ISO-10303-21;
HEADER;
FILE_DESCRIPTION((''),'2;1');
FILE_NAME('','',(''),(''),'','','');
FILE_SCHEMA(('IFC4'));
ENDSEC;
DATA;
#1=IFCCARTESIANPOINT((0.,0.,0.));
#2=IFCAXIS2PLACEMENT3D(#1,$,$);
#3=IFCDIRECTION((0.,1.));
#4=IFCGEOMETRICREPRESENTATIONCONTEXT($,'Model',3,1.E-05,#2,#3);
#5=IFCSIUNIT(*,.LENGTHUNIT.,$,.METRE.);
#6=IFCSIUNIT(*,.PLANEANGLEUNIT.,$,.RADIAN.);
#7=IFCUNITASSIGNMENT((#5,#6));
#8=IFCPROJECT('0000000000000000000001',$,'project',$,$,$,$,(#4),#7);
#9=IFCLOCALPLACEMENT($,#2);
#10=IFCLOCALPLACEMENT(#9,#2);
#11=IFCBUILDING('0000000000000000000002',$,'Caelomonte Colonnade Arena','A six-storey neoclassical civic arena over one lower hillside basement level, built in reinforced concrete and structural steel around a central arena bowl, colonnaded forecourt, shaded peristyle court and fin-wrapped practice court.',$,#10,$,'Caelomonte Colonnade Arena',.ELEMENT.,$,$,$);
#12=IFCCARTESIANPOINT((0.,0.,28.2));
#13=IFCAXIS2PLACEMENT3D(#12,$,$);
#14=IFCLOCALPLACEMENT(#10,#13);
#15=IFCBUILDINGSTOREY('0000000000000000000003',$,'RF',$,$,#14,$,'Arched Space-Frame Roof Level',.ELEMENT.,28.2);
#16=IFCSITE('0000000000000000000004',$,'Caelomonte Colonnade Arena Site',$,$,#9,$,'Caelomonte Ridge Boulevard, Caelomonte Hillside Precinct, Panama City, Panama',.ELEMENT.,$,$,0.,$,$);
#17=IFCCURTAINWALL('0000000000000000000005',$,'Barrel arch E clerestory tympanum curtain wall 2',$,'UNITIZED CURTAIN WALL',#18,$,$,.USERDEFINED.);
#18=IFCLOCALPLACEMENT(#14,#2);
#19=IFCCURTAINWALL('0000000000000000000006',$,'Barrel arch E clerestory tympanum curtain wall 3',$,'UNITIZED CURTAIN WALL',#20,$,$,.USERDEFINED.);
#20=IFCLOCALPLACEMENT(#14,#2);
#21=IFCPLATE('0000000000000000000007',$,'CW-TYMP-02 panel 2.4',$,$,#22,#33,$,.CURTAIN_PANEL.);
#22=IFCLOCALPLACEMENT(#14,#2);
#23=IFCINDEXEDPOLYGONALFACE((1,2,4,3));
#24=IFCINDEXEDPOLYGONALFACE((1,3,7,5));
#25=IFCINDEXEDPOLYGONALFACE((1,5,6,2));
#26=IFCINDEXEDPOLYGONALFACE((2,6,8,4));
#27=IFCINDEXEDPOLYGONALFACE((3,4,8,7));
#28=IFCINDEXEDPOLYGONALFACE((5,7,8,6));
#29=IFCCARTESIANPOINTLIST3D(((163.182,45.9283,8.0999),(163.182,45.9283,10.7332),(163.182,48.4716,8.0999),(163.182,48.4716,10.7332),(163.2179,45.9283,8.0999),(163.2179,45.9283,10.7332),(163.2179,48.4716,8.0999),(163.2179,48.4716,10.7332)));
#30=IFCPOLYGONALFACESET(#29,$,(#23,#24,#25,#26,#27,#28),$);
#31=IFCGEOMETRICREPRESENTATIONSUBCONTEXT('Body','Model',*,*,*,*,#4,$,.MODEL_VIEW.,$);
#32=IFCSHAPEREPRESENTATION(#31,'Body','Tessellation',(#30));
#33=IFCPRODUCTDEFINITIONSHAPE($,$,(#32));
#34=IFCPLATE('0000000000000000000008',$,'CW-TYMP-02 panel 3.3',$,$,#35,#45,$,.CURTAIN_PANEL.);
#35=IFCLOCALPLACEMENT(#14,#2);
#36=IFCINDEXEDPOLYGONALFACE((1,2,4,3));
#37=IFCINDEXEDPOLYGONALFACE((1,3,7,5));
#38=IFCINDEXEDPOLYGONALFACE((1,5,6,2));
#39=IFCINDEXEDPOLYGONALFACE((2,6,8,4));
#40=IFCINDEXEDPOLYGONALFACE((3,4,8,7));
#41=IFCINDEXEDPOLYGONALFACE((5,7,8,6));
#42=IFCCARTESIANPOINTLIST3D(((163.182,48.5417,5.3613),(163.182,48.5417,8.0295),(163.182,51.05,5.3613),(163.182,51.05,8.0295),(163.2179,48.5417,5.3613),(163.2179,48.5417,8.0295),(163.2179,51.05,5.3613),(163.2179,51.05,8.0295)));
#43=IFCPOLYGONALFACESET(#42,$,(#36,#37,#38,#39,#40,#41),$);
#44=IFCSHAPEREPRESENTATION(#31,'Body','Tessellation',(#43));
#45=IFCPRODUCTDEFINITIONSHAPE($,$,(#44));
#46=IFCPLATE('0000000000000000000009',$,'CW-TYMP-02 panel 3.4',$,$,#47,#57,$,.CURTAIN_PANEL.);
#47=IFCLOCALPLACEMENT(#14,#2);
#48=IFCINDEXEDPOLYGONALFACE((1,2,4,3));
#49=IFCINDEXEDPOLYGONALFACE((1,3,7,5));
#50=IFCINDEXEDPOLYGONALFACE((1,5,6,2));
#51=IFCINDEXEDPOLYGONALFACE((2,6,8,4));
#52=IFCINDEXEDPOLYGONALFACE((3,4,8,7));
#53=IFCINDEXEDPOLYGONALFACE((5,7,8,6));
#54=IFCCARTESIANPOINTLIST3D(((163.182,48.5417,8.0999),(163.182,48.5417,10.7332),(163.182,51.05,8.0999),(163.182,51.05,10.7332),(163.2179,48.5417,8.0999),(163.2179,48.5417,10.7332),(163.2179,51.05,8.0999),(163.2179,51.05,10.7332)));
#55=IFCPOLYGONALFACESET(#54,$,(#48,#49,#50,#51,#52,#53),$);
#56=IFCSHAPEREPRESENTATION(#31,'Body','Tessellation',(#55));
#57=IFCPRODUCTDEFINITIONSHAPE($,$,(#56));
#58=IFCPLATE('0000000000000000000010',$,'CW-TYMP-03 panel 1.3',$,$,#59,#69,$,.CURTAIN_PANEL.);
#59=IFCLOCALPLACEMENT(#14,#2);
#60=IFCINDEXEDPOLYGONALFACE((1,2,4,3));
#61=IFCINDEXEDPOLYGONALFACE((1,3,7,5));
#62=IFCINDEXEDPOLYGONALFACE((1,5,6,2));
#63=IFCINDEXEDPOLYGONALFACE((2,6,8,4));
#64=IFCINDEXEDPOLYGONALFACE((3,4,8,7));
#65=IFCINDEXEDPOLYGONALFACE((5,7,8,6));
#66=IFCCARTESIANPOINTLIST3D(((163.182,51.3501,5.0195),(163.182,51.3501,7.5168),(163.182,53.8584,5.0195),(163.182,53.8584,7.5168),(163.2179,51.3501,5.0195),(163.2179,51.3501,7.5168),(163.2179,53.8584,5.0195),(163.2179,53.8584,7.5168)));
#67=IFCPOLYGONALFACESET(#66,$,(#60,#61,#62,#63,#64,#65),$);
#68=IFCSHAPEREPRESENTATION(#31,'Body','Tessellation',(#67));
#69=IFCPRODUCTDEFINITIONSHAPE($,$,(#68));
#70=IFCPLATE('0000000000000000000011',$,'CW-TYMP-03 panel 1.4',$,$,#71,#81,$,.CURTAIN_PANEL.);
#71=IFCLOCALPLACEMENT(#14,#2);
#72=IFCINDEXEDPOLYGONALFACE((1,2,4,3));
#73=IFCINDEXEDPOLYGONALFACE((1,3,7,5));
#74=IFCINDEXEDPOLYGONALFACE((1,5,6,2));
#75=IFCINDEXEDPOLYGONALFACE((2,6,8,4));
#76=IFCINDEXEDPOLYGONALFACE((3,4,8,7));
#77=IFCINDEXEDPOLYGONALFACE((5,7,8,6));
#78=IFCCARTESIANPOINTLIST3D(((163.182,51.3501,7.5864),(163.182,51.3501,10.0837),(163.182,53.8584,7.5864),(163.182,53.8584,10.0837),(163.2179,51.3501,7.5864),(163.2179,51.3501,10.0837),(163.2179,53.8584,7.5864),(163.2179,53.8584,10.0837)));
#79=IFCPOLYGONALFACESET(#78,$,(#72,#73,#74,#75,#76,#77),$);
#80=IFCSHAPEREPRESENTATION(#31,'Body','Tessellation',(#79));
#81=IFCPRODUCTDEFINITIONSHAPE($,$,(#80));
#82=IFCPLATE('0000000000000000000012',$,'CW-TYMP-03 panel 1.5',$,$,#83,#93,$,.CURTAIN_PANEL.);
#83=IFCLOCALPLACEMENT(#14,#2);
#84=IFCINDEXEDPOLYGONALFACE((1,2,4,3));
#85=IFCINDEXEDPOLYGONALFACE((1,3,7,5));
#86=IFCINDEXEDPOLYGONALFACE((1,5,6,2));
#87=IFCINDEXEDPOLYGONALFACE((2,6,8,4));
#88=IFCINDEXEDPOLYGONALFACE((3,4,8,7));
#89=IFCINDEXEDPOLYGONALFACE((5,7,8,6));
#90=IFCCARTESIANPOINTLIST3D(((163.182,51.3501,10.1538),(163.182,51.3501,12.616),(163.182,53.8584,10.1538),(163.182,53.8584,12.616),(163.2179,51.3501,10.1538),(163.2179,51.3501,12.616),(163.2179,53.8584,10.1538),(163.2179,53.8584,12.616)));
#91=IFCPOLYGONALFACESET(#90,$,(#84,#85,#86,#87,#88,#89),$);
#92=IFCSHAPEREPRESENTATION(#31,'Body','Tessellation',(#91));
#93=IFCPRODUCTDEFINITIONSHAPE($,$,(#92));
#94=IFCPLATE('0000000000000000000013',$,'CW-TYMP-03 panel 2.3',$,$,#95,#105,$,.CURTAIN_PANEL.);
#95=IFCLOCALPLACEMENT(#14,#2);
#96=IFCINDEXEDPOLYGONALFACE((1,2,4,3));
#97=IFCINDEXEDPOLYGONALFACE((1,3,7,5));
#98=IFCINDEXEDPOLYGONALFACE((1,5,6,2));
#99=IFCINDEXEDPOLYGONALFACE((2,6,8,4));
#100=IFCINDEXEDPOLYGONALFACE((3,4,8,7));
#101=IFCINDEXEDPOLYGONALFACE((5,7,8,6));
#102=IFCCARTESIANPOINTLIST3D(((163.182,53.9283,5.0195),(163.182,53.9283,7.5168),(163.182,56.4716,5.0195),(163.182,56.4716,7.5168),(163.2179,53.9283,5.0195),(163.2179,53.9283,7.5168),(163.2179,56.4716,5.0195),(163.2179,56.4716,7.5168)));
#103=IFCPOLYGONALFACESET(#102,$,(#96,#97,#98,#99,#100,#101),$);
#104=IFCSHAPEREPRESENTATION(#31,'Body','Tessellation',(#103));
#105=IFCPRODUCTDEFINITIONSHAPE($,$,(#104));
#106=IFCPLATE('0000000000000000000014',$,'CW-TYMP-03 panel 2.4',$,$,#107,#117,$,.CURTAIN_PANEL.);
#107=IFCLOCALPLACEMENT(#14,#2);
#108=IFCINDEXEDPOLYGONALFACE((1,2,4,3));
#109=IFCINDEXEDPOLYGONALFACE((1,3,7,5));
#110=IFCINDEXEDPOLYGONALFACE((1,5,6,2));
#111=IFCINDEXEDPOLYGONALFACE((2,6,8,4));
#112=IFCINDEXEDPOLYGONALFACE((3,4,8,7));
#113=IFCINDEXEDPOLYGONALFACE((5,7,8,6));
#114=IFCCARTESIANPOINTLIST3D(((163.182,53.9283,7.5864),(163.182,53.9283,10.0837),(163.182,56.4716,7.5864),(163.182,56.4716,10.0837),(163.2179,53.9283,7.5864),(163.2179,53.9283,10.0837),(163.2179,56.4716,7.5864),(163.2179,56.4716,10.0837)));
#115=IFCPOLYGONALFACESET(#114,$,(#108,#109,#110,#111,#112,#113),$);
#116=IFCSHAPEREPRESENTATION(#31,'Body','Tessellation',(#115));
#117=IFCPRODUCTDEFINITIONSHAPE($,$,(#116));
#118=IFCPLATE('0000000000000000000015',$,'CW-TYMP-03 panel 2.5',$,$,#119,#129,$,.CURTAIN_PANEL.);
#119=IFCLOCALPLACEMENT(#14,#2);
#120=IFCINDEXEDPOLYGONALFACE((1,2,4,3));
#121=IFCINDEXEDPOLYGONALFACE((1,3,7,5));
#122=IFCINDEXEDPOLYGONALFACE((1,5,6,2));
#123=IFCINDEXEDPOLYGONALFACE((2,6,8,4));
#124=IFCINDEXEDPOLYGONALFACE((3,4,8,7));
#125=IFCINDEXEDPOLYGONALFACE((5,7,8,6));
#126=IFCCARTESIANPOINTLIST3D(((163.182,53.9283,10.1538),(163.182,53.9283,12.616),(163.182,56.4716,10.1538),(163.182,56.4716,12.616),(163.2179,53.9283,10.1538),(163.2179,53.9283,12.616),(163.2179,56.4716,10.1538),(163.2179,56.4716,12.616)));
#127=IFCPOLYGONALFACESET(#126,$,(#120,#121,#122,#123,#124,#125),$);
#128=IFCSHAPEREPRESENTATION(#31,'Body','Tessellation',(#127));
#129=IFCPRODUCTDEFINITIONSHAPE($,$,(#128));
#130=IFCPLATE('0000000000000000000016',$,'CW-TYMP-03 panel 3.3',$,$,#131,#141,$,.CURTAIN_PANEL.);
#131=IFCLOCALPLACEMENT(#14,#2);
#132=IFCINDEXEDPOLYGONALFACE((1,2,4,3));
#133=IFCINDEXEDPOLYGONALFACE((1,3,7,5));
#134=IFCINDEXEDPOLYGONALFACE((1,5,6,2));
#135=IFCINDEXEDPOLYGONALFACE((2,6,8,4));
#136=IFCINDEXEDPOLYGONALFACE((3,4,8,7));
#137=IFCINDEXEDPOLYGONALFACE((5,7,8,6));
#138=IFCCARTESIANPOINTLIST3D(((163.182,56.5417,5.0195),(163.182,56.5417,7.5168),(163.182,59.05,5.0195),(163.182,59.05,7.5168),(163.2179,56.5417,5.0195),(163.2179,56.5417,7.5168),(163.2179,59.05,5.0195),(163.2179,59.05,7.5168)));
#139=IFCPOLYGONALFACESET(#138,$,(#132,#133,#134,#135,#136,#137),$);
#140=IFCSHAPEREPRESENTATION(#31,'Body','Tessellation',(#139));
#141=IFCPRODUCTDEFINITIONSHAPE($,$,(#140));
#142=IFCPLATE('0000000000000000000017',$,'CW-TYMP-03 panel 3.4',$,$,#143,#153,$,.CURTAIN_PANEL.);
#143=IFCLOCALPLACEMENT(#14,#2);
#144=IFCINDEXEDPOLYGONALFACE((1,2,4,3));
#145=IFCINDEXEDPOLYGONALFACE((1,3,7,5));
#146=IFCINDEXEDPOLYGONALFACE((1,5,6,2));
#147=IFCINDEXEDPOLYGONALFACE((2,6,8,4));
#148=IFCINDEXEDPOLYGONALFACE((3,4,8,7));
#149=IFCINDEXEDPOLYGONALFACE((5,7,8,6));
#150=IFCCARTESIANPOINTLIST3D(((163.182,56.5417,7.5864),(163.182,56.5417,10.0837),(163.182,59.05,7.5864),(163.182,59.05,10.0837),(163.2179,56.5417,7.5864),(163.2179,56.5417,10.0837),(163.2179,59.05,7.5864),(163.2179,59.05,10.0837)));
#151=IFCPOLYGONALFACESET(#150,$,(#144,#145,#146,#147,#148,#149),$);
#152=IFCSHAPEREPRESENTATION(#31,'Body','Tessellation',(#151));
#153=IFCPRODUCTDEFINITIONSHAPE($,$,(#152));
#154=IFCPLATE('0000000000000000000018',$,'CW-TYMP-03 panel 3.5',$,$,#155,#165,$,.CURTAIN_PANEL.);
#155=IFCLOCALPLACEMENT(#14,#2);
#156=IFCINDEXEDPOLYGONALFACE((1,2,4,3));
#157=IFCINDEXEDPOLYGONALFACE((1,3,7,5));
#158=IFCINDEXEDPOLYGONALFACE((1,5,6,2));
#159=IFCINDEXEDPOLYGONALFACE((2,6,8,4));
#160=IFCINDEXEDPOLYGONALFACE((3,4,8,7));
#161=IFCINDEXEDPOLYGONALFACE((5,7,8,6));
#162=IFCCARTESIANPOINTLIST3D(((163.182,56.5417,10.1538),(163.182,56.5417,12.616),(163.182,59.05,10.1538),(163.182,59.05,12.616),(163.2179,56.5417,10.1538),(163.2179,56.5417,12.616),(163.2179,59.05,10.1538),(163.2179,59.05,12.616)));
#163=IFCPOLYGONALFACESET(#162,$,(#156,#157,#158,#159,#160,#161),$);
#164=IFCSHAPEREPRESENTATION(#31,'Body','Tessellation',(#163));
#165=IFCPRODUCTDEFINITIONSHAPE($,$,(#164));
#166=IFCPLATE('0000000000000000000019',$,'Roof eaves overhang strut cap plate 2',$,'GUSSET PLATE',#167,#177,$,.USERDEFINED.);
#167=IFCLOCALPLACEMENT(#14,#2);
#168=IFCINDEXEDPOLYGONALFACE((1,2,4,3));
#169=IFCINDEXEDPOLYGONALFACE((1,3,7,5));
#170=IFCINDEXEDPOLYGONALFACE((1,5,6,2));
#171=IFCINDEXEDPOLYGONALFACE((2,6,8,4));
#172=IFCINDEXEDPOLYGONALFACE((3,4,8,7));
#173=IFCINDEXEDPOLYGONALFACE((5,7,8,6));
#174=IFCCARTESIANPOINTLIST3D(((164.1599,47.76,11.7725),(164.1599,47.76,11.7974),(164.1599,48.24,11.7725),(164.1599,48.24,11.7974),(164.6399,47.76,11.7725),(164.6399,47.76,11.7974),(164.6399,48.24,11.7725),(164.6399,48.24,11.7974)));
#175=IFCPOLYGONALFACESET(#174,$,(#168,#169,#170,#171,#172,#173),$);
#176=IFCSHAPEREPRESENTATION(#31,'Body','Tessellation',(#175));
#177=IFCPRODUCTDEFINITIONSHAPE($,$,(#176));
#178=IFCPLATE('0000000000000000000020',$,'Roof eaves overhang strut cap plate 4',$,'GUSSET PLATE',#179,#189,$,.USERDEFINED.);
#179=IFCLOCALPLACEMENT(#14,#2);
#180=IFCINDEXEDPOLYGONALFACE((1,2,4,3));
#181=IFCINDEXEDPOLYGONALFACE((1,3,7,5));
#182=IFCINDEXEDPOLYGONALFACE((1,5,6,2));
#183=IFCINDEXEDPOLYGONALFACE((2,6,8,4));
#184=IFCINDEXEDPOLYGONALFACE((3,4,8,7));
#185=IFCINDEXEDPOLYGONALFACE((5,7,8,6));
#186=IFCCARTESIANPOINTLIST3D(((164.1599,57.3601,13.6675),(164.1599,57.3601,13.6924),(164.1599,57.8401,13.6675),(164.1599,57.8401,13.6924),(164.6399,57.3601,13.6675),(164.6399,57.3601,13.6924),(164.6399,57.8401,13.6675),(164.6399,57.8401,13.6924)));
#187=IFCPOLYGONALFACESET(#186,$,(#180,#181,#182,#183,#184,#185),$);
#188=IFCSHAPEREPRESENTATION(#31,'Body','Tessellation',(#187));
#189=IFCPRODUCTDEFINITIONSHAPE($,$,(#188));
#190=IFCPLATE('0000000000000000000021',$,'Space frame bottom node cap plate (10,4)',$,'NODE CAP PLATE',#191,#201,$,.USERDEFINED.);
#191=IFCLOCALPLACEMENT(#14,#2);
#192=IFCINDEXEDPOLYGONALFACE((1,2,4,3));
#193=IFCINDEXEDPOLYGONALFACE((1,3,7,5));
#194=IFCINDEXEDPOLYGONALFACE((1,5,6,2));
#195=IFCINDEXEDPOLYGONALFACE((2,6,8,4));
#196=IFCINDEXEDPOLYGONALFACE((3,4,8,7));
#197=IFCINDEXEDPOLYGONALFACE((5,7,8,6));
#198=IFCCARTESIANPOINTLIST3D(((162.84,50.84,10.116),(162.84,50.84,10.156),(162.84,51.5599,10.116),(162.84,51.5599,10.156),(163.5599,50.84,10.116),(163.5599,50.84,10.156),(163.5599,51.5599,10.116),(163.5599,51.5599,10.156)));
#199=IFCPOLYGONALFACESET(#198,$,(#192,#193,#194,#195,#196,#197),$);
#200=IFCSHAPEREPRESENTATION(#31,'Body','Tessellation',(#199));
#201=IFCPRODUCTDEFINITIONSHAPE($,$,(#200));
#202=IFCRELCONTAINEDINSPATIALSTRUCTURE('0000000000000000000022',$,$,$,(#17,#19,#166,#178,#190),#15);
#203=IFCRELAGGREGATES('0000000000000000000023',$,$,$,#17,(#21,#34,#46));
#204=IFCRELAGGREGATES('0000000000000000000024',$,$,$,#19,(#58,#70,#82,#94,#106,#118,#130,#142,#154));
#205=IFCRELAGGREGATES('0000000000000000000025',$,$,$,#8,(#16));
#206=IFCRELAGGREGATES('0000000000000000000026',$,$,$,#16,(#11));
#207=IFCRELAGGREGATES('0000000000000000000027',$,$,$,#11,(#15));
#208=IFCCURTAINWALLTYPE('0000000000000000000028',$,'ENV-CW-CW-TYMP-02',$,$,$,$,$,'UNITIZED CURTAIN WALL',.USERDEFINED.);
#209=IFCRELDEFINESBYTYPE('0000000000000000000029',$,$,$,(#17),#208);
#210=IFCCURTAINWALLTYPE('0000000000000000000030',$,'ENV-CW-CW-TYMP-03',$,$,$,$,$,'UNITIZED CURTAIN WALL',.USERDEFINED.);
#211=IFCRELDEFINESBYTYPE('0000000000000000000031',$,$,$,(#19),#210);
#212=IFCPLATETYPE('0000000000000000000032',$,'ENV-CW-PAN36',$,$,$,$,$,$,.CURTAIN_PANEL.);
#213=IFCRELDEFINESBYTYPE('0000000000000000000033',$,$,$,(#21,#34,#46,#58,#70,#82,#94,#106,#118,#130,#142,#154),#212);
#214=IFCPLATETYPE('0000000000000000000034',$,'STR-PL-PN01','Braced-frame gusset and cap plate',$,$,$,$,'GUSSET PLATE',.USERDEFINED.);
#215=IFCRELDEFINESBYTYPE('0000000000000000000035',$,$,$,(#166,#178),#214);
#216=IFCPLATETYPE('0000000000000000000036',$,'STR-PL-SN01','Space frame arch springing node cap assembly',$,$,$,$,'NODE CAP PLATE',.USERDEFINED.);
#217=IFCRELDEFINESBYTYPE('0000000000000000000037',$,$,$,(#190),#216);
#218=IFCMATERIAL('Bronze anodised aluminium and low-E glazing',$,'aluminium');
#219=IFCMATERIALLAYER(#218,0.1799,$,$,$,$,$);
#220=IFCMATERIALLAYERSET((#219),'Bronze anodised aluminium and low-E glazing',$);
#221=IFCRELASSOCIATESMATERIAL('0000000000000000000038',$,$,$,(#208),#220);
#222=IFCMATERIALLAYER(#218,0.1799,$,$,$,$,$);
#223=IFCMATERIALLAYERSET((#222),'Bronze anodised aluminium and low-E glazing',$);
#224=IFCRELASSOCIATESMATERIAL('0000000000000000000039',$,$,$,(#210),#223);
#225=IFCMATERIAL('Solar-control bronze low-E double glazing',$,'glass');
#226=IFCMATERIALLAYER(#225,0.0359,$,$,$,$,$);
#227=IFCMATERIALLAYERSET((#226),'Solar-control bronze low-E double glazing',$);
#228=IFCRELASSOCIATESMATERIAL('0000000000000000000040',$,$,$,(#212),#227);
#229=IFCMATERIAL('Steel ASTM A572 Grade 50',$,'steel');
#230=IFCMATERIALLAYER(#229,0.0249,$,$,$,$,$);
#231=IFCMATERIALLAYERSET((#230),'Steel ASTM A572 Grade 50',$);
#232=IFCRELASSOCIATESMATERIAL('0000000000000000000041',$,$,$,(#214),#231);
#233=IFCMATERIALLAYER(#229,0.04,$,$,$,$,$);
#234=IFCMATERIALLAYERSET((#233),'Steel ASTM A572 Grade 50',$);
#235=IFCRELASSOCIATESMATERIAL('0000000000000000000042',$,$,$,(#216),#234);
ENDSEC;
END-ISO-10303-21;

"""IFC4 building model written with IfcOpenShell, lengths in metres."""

from ifc_helpers import new_model, si_unit, direction, frame, origin, origin_2d, place, context, subcontext, project, spatial, rectangle, extrude, material, layer, layer_set, type_object, element, aggregate, save


model = new_model("IFC4")

# Units and contexts
model_context = context("Model", 3, precision=1e-05, world=origin(), true_north=direction((0.0, 1.0)))
body_context = subcontext(model_context, "Body", "Model", "MODEL_VIEW")
ifc_project = project(units=[si_unit("LENGTHUNIT", "METRE"), si_unit("PLANEANGLEUNIT", "RADIAN")], contexts=[model_context])

# Site, building, storey
site_placement = place(None, origin())
site = spatial("IfcSite", under=ifc_project, at=site_placement, Name="Caelomonte Colonnade Arena Site", LongName="Caelomonte Ridge Boulevard, Caelomonte Hillside Precinct, Panama City, Panama", CompositionType="ELEMENT", RefElevation=0.0)
building_placement = place(site_placement, origin())
building = spatial("IfcBuilding", under=site, at=building_placement, Name="Caelomonte Colonnade Arena", Description="A six-storey neoclassical civic arena over one lower hillside basement level, built in reinforced concrete and structural steel around a central arena bowl, colonnaded forecourt, shaded peristyle court and fin-wrapped practice court.", LongName="Caelomonte Colonnade Arena", CompositionType="ELEMENT")
storey_placement = place(building_placement, frame((0.0, 0.0, 28.2)))
storey = spatial("IfcBuildingStorey", under=building, at=storey_placement, Name="RF", LongName="Arched Space-Frame Roof Level", CompositionType="ELEMENT", Elevation=28.2)

# Curtain walls
ifc_material_1 = material(Name="Bronze anodised aluminium and low-E glazing", Category="aluminium")
ifc_layer_1 = layer(ifc_material_1, 0.1799)
ifc_layer_set_1 = layer_set([ifc_layer_1], Name="Bronze anodised aluminium and low-E glazing")
curtain_wall_type_1 = type_object("IfcCurtainWallType", Name="ENV-CW-CW-TYMP-02", ElementType="UNITIZED CURTAIN WALL", PredefinedType="USERDEFINED", material=ifc_layer_set_1)
curtain_wall_1_placement = place(storey_placement, origin())
curtain_wall_1 = element("IfcCurtainWall", 1, at=curtain_wall_1_placement, inside=storey, type_object=curtain_wall_type_1, Name="Barrel arch E clerestory tympanum curtain wall 2", ObjectType="UNITIZED CURTAIN WALL", PredefinedType="USERDEFINED")
ifc_layer_2 = layer(ifc_material_1, 0.1799)
ifc_layer_set_2 = layer_set([ifc_layer_2], Name="Bronze anodised aluminium and low-E glazing")
curtain_wall_type_2 = type_object("IfcCurtainWallType", Name="ENV-CW-CW-TYMP-03", ElementType="UNITIZED CURTAIN WALL", PredefinedType="USERDEFINED", material=ifc_layer_set_2)
curtain_wall_2_placement = place(storey_placement, origin())
curtain_wall_2 = element("IfcCurtainWall", 2, at=curtain_wall_2_placement, inside=storey, type_object=curtain_wall_type_2, Name="Barrel arch E clerestory tympanum curtain wall 3", ObjectType="UNITIZED CURTAIN WALL", PredefinedType="USERDEFINED")

# Plates
ifc_material_2 = material(Name="Solar-control bronze low-E double glazing", Category="glass")
ifc_layer_3 = layer(ifc_material_2, 0.0359)
ifc_layer_set_3 = layer_set([ifc_layer_3], Name="Solar-control bronze low-E double glazing")
plate_type_1 = type_object("IfcPlateType", Name="ENV-CW-PAN36", PredefinedType="CURTAIN_PANEL", material=ifc_layer_set_3)
plate_1_placement = place(storey_placement, frame((163.2, 47.2, 8.0999), z_axis=(0.0, 0.0, 1.0), x_axis=(0.0, 1.0, 0.0)))
plate_1 = element("IfcPlate", 3, at=plate_1_placement, type_object=plate_type_1, Name="CW-TYMP-02 panel 2.4", PredefinedType="CURTAIN_PANEL", context=body_context, shape_type="SweptSolid", body=[
    extrude(rectangle(XDim=2.5432, YDim=0.0359, at=origin_2d()), origin(), (0.0, 0.0, 1.0), 2.6333),
])
plate_2_placement = place(storey_placement, frame((163.2, 49.7959, 5.3613), z_axis=(0.0, 0.0, 1.0), x_axis=(0.0, 1.0, 0.0)))
plate_2 = element("IfcPlate", 4, at=plate_2_placement, type_object=plate_type_1, Name="CW-TYMP-02 panel 3.3", PredefinedType="CURTAIN_PANEL", context=body_context, shape_type="SweptSolid", body=[
    extrude(rectangle(XDim=2.5083, YDim=0.0359, at=origin_2d()), origin(), (0.0, 0.0, 1.0), 2.6682),
])
plate_3_placement = place(storey_placement, frame((163.2, 49.7959, 8.0999), z_axis=(0.0, 0.0, 1.0), x_axis=(0.0, 1.0, 0.0)))
plate_3 = element("IfcPlate", 5, at=plate_3_placement, type_object=plate_type_1, Name="CW-TYMP-02 panel 3.4", PredefinedType="CURTAIN_PANEL", context=body_context, shape_type="SweptSolid", body=[
    extrude(rectangle(XDim=2.5083, YDim=0.0359, at=origin_2d()), origin(), (0.0, 0.0, 1.0), 2.6333),
])
aggregate(curtain_wall_1, [plate_1, plate_2, plate_3])
plate_4_placement = place(storey_placement, frame((163.2, 52.6042, 5.0195), z_axis=(0.0, 0.0, 1.0), x_axis=(0.0, 1.0, 0.0)))
plate_4 = element("IfcPlate", 6, at=plate_4_placement, type_object=plate_type_1, Name="CW-TYMP-03 panel 1.3", PredefinedType="CURTAIN_PANEL", context=body_context, shape_type="SweptSolid", body=[
    extrude(rectangle(XDim=2.5083, YDim=0.0359, at=origin_2d()), origin(), (0.0, 0.0, 1.0), 2.4973),
])
plate_5_placement = place(storey_placement, frame((163.2, 52.6042, 7.5864), z_axis=(0.0, 0.0, 1.0), x_axis=(0.0, 1.0, 0.0)))
plate_5 = element("IfcPlate", 7, at=plate_5_placement, type_object=plate_type_1, Name="CW-TYMP-03 panel 1.4", PredefinedType="CURTAIN_PANEL", context=body_context, shape_type="SweptSolid", body=[
    extrude(rectangle(XDim=2.5083, YDim=0.0359, at=origin_2d()), origin(), (0.0, 0.0, 1.0), 2.4973),
])
plate_6_placement = place(storey_placement, frame((163.2, 52.6042, 10.1538), z_axis=(0.0, 0.0, 1.0), x_axis=(0.0, 1.0, 0.0)))
plate_6 = element("IfcPlate", 8, at=plate_6_placement, type_object=plate_type_1, Name="CW-TYMP-03 panel 1.5", PredefinedType="CURTAIN_PANEL", context=body_context, shape_type="SweptSolid", body=[
    extrude(rectangle(XDim=2.5083, YDim=0.0359, at=origin_2d()), origin(), (0.0, 0.0, 1.0), 2.4622),
])
plate_7_placement = place(storey_placement, frame((163.2, 55.2, 5.0195), z_axis=(0.0, 0.0, 1.0), x_axis=(0.0, 1.0, 0.0)))
plate_7 = element("IfcPlate", 9, at=plate_7_placement, type_object=plate_type_1, Name="CW-TYMP-03 panel 2.3", PredefinedType="CURTAIN_PANEL", context=body_context, shape_type="SweptSolid", body=[
    extrude(rectangle(XDim=2.5432, YDim=0.0359, at=origin_2d()), origin(), (0.0, 0.0, 1.0), 2.4973),
])
plate_8_placement = place(storey_placement, frame((163.2, 55.2, 7.5864), z_axis=(0.0, 0.0, 1.0), x_axis=(0.0, 1.0, 0.0)))
plate_8 = element("IfcPlate", 10, at=plate_8_placement, type_object=plate_type_1, Name="CW-TYMP-03 panel 2.4", PredefinedType="CURTAIN_PANEL", context=body_context, shape_type="SweptSolid", body=[
    extrude(rectangle(XDim=2.5432, YDim=0.0359, at=origin_2d()), origin(), (0.0, 0.0, 1.0), 2.4973),
])
plate_9_placement = place(storey_placement, frame((163.2, 55.2, 10.1538), z_axis=(0.0, 0.0, 1.0), x_axis=(0.0, 1.0, 0.0)))
plate_9 = element("IfcPlate", 11, at=plate_9_placement, type_object=plate_type_1, Name="CW-TYMP-03 panel 2.5", PredefinedType="CURTAIN_PANEL", context=body_context, shape_type="SweptSolid", body=[
    extrude(rectangle(XDim=2.5432, YDim=0.0359, at=origin_2d()), origin(), (0.0, 0.0, 1.0), 2.4622),
])
plate_10_placement = place(storey_placement, frame((163.2, 57.7959, 5.0195), z_axis=(0.0, 0.0, 1.0), x_axis=(0.0, 1.0, 0.0)))
plate_10 = element("IfcPlate", 12, at=plate_10_placement, type_object=plate_type_1, Name="CW-TYMP-03 panel 3.3", PredefinedType="CURTAIN_PANEL", context=body_context, shape_type="SweptSolid", body=[
    extrude(rectangle(XDim=2.5083, YDim=0.0359, at=origin_2d()), origin(), (0.0, 0.0, 1.0), 2.4973),
])
plate_11_placement = place(storey_placement, frame((163.2, 57.7959, 7.5864), z_axis=(0.0, 0.0, 1.0), x_axis=(0.0, 1.0, 0.0)))
plate_11 = element("IfcPlate", 13, at=plate_11_placement, type_object=plate_type_1, Name="CW-TYMP-03 panel 3.4", PredefinedType="CURTAIN_PANEL", context=body_context, shape_type="SweptSolid", body=[
    extrude(rectangle(XDim=2.5083, YDim=0.0359, at=origin_2d()), origin(), (0.0, 0.0, 1.0), 2.4973),
])
plate_12_placement = place(storey_placement, frame((163.2, 57.7959, 10.1538), z_axis=(0.0, 0.0, 1.0), x_axis=(0.0, 1.0, 0.0)))
plate_12 = element("IfcPlate", 14, at=plate_12_placement, type_object=plate_type_1, Name="CW-TYMP-03 panel 3.5", PredefinedType="CURTAIN_PANEL", context=body_context, shape_type="SweptSolid", body=[
    extrude(rectangle(XDim=2.5083, YDim=0.0359, at=origin_2d()), origin(), (0.0, 0.0, 1.0), 2.4622),
])
aggregate(curtain_wall_2, [plate_4, plate_5, plate_6, plate_7, plate_8, plate_9, plate_10, plate_11, plate_12])

# Plates
ifc_material_3 = material(Name="Steel ASTM A572 Grade 50", Category="steel")
ifc_layer_4 = layer(ifc_material_3, 0.0249)
ifc_layer_set_4 = layer_set([ifc_layer_4], Name="Steel ASTM A572 Grade 50")
plate_type_2 = type_object("IfcPlateType", Name="STR-PL-PN01", Description="Braced-frame gusset and cap plate", ElementType="GUSSET PLATE", PredefinedType="USERDEFINED", material=ifc_layer_set_4)
for number, where, z_axis, x_axis, name in (
    (15, (164.3999, 48.0, 11.7725), (0.0, 0.0, 1.0), (1.0, 0.0, 0.0), "Roof eaves overhang strut cap plate 2"),
    (16, (164.3999, 57.6001, 13.6675), (0.0, 0.0, 1.0), (1.0, 0.0, 0.0), "Roof eaves overhang strut cap plate 4"),
):
    element("IfcPlate", number, at=place(storey_placement, frame(where, z_axis=z_axis, x_axis=x_axis)), inside=storey, type_object=plate_type_2, Name=name, ObjectType="GUSSET PLATE", PredefinedType="USERDEFINED", context=body_context, shape_type="SweptSolid", body=[
        extrude(rectangle(XDim=0.48, YDim=0.48, at=origin_2d()), origin(), (0.0, 0.0, 1.0), 0.0249),
    ])
ifc_layer_5 = layer(ifc_material_3, 0.04)
ifc_layer_set_5 = layer_set([ifc_layer_5], Name="Steel ASTM A572 Grade 50")
plate_type_3 = type_object("IfcPlateType", Name="STR-PL-SN01", Description="Space frame arch springing node cap assembly", ElementType="NODE CAP PLATE", PredefinedType="USERDEFINED", material=ifc_layer_set_5)
plate_13_placement = place(storey_placement, frame((163.2, 51.2, 10.116), z_axis=(0.0, 0.0, 1.0), x_axis=(1.0, 0.0, 0.0)))
element("IfcPlate", 17, at=plate_13_placement, inside=storey, type_object=plate_type_3, Name="Space frame bottom node cap plate (10,4)", ObjectType="NODE CAP PLATE", PredefinedType="USERDEFINED", context=body_context, shape_type="SweptSolid", body=[
    extrude(rectangle(XDim=0.72, YDim=0.72, at=origin_2d()), origin(), (0.0, 0.0, 1.0), 0.04),
])

save(model, "model.ifc")
